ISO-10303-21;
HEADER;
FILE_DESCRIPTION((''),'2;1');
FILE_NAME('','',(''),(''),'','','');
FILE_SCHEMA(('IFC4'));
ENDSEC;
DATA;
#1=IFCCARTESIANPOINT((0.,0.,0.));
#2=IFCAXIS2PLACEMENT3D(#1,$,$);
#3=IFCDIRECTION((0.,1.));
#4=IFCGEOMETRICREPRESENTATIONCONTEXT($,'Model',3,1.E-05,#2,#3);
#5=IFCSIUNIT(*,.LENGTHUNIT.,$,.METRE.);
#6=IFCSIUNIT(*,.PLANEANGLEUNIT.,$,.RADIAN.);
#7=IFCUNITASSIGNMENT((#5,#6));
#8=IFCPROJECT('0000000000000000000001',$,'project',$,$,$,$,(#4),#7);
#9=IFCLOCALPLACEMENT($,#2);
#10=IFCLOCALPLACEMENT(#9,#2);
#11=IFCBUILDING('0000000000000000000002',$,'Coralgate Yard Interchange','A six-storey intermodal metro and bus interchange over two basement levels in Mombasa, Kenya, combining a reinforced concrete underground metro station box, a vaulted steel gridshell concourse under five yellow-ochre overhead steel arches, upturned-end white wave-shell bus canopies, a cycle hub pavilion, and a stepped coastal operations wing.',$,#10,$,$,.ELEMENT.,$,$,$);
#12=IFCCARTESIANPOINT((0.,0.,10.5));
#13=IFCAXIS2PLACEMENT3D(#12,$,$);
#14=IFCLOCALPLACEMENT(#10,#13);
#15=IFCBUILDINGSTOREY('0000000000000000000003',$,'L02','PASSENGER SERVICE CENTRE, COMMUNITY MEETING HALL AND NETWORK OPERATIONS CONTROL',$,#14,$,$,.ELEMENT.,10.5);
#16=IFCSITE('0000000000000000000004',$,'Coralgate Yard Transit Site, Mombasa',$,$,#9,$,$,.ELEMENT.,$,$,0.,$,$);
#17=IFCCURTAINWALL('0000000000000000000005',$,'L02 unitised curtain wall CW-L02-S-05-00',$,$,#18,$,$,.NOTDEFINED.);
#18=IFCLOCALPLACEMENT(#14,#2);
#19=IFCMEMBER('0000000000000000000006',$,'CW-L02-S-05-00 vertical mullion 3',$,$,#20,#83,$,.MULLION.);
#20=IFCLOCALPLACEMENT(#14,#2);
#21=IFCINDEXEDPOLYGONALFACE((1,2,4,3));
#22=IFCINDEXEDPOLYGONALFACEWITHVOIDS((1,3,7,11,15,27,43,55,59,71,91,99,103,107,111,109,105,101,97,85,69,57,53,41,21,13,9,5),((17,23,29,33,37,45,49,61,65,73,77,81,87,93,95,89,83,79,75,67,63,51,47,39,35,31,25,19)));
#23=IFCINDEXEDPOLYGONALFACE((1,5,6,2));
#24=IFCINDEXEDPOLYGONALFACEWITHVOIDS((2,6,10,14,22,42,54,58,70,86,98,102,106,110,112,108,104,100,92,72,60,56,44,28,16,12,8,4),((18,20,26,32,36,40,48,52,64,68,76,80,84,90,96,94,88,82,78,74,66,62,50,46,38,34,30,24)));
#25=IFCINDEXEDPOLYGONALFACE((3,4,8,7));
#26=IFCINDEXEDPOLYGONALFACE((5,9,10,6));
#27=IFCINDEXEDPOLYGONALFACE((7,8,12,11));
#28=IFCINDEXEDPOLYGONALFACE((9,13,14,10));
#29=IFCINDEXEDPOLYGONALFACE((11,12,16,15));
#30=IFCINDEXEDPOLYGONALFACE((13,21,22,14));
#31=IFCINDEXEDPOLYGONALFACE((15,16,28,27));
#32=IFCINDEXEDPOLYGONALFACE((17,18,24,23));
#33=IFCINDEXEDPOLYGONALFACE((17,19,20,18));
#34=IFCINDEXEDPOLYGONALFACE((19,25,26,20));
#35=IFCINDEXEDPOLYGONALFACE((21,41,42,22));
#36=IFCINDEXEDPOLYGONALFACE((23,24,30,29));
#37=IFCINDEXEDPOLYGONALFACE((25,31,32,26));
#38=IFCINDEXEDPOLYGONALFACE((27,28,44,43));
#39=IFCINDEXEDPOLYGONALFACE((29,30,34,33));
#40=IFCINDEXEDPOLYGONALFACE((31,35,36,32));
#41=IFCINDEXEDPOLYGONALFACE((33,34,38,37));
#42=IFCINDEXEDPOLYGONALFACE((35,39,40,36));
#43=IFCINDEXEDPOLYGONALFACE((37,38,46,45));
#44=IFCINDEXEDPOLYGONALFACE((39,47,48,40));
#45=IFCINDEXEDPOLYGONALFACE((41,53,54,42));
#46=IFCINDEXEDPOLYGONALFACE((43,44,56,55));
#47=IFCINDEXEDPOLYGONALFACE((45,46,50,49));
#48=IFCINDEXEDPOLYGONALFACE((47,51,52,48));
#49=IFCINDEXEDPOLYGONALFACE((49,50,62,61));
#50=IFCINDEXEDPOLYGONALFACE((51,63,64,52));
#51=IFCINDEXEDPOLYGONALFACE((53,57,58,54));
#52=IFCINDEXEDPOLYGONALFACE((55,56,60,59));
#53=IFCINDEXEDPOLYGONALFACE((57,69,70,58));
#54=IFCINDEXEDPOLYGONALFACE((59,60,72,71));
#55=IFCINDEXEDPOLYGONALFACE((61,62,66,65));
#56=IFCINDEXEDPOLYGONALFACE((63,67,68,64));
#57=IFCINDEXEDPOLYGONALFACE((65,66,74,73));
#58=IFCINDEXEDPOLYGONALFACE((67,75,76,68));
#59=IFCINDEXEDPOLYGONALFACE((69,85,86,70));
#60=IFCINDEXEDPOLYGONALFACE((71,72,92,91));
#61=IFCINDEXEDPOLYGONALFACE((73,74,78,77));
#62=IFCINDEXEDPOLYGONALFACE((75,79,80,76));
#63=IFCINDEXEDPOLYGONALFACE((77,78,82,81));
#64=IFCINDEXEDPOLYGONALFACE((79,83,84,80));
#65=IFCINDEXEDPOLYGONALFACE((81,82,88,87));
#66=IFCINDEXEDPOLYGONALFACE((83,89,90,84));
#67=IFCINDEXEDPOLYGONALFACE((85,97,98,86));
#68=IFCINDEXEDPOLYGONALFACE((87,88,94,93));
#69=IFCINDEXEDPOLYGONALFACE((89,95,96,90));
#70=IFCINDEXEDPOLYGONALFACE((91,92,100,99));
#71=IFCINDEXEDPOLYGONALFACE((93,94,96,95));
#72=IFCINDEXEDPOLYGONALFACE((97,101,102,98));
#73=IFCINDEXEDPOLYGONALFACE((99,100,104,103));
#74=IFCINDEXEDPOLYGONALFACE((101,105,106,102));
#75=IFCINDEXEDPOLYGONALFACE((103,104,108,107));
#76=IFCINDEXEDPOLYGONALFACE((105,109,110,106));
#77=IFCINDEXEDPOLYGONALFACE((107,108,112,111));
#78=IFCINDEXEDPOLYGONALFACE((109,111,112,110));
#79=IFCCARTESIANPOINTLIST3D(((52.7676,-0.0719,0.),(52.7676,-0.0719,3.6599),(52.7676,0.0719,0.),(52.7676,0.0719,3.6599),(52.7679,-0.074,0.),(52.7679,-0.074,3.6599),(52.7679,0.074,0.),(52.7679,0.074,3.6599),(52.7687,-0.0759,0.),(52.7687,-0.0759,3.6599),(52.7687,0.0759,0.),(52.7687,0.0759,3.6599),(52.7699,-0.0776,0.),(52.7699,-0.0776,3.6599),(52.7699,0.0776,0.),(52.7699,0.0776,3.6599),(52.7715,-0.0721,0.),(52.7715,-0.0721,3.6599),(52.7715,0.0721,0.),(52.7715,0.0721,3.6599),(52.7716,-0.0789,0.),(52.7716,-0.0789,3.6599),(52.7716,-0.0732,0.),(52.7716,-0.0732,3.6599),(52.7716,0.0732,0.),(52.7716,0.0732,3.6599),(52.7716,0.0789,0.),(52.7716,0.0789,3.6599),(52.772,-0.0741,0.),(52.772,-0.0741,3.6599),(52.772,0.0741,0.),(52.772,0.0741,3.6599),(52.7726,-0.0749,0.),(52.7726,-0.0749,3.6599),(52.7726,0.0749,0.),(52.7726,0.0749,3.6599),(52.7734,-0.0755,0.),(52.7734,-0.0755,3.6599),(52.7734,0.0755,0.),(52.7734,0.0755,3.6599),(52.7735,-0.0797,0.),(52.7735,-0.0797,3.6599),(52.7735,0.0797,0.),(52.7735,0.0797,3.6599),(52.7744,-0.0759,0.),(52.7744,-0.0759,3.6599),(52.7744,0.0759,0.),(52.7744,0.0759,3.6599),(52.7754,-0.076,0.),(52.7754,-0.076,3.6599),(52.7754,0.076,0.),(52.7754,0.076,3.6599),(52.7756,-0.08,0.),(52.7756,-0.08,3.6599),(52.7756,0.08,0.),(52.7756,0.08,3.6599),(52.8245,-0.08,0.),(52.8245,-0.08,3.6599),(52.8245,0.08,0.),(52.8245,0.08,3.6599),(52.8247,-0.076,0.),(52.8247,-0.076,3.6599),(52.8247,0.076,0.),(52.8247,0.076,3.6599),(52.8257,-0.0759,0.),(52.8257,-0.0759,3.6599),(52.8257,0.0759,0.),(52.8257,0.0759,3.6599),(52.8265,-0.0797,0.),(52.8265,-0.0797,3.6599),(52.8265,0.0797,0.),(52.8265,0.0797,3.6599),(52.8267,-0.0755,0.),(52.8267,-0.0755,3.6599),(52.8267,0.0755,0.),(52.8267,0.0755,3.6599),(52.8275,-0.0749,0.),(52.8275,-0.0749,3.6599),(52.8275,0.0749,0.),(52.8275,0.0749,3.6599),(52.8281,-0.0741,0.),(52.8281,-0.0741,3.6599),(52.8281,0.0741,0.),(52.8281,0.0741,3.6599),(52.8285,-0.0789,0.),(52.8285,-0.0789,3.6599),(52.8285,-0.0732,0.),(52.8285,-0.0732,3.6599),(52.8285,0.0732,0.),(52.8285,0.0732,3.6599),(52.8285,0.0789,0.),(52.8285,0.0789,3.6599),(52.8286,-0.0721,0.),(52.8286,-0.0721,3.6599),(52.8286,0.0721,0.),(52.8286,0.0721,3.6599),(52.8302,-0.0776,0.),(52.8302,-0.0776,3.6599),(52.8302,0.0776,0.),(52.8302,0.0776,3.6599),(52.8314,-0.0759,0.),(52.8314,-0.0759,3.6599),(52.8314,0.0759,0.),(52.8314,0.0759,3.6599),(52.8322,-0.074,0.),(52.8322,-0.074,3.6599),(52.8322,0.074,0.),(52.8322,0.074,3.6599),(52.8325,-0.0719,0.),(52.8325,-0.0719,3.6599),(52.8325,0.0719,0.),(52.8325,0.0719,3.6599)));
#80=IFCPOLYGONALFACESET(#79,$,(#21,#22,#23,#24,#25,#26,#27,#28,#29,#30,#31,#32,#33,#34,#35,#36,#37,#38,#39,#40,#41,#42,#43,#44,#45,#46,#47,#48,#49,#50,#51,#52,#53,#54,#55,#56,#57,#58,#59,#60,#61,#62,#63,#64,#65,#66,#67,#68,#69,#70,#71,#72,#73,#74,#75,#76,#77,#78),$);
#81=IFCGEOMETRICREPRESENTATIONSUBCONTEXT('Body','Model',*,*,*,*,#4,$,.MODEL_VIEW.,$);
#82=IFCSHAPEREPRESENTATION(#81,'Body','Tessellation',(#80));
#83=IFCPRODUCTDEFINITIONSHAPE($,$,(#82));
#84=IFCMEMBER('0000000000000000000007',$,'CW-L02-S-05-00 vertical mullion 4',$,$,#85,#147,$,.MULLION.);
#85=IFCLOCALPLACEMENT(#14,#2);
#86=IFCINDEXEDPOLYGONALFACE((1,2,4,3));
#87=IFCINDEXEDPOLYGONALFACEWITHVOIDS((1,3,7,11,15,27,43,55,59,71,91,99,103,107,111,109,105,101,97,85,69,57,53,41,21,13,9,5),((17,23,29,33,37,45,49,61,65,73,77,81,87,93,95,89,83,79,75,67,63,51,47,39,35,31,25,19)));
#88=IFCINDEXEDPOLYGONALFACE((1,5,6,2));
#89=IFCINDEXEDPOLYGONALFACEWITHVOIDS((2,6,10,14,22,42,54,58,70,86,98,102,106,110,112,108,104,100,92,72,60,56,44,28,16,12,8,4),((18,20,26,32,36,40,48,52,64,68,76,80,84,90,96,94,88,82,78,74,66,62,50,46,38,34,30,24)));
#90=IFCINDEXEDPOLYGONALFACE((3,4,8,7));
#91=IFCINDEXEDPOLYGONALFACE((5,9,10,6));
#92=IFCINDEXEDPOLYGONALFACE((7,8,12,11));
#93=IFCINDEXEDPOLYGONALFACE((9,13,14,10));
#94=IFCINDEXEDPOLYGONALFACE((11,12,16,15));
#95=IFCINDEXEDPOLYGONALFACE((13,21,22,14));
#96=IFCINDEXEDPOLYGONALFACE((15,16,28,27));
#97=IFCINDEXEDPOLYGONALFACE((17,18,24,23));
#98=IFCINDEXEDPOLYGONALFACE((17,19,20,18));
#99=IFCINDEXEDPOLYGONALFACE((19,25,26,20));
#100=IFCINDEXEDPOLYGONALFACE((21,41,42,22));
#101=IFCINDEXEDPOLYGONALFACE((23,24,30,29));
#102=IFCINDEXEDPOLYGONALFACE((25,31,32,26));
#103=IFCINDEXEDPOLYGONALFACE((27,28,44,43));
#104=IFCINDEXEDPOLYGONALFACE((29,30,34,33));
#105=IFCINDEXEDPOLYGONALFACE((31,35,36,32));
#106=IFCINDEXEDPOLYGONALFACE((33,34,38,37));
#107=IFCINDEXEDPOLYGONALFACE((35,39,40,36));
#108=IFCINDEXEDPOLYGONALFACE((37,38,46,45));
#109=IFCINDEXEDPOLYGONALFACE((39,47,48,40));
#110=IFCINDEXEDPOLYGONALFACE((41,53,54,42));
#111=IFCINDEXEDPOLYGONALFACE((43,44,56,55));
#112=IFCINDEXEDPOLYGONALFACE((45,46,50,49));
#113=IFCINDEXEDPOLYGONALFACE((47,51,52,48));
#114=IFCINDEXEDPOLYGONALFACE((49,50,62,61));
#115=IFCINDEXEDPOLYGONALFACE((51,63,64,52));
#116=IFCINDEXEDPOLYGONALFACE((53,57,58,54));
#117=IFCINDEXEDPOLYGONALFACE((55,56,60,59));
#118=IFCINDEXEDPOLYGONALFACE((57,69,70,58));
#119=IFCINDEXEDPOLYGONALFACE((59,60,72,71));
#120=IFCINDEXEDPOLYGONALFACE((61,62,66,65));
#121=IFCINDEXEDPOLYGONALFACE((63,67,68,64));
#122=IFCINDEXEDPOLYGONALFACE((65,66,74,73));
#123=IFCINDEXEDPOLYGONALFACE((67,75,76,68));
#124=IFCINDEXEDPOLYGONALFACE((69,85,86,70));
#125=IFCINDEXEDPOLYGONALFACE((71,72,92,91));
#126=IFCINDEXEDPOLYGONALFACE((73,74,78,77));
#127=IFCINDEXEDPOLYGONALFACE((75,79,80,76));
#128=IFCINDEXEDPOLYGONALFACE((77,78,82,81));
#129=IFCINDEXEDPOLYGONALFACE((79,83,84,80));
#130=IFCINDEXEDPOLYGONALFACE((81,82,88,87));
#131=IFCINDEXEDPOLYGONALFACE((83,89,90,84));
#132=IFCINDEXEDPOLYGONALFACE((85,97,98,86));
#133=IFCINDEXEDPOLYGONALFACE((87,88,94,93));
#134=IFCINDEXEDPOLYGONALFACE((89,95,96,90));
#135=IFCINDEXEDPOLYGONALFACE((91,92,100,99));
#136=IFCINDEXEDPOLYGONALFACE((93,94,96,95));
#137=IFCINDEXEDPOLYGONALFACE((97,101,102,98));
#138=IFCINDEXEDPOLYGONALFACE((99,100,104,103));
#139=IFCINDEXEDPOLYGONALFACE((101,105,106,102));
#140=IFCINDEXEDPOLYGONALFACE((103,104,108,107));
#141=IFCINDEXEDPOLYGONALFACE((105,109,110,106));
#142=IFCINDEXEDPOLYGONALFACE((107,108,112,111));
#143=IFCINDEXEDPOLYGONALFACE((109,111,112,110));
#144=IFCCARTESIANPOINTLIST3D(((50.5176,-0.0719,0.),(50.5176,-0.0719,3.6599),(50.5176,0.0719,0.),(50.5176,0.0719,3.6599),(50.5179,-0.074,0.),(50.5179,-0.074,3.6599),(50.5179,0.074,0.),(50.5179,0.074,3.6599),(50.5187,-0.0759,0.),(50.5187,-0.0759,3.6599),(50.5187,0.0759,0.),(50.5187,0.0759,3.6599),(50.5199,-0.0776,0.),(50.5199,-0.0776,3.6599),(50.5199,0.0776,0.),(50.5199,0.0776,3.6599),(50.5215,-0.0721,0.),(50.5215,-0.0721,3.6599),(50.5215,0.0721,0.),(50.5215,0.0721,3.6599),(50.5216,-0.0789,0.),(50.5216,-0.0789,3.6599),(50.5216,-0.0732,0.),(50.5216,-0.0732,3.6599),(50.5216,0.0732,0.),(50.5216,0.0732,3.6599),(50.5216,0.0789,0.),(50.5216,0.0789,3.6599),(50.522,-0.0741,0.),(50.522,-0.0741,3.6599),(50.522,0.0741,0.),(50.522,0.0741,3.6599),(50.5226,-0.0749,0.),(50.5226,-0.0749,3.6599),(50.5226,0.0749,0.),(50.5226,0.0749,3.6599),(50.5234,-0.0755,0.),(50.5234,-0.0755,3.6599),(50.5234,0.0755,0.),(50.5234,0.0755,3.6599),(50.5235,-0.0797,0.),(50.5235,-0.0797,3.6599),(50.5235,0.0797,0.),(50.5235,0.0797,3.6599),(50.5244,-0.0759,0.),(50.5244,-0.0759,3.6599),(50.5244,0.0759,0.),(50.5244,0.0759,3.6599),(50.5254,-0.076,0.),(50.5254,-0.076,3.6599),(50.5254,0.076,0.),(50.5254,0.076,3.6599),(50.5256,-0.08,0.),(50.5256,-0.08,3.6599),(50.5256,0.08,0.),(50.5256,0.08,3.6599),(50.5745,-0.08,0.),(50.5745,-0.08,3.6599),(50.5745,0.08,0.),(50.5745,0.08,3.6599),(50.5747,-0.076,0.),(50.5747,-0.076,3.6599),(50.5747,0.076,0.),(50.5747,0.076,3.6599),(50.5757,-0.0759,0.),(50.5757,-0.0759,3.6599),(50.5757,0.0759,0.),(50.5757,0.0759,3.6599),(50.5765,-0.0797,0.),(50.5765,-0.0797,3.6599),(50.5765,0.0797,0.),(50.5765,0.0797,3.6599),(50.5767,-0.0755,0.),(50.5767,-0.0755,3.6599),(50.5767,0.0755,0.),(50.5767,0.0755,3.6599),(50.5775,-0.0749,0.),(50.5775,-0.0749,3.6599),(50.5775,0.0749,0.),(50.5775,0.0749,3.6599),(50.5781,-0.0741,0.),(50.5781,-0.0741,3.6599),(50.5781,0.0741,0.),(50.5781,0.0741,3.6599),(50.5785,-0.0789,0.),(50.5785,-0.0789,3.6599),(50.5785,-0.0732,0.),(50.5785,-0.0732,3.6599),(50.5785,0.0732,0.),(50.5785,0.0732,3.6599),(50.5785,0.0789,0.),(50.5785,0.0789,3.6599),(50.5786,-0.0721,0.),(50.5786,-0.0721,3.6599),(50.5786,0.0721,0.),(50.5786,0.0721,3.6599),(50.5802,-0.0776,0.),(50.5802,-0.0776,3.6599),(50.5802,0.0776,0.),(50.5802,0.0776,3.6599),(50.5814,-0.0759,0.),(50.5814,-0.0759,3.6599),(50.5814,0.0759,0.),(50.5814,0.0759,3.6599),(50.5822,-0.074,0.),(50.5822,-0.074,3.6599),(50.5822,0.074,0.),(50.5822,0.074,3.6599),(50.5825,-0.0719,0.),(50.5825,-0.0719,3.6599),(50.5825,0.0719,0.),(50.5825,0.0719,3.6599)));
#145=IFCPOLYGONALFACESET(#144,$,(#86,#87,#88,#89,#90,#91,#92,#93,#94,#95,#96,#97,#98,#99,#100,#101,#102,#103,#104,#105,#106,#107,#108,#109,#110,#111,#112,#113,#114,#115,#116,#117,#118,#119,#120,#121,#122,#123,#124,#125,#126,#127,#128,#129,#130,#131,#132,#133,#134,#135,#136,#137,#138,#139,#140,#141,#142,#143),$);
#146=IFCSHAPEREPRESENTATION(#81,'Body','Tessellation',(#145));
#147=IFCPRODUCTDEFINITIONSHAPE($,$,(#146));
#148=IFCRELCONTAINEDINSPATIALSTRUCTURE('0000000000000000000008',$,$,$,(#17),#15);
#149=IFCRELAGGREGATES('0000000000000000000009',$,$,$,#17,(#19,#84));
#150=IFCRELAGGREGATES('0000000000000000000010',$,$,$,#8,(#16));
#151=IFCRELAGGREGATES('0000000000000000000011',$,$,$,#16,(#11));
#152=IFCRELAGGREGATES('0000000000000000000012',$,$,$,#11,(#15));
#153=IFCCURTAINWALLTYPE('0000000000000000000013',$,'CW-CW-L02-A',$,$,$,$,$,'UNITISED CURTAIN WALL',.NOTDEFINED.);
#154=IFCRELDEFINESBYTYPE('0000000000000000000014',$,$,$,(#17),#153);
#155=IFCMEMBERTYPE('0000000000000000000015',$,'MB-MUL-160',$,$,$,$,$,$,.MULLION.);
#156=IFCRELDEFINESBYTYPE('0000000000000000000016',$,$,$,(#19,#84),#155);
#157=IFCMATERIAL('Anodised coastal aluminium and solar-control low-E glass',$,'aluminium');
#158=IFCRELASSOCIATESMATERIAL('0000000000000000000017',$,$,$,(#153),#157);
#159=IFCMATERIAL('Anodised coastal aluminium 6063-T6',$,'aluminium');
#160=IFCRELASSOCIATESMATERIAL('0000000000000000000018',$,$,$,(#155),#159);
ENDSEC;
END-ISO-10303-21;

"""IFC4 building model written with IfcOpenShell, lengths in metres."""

from ifc_helpers import new_model, si_unit, direction, frame, origin, origin_2d, place, context, subcontext, project, spatial, hollow_rectangle, extrude, material, material_profile, profile_set, type_object, element, aggregate, save


model = new_model("IFC4")

# Units and contexts
model_context = context("Model", 3, precision=1e-05, world=origin(), true_north=direction((0.0, 1.0)))
body_context = subcontext(model_context, "Body", "Model", "MODEL_VIEW")
ifc_project = project(units=[si_unit("LENGTHUNIT", "METRE"), si_unit("PLANEANGLEUNIT", "RADIAN")], contexts=[model_context])

# Site, building, storey
site_placement = place(None, origin())
site = spatial("IfcSite", under=ifc_project, at=site_placement, Name="Coralgate Yard Transit Site, Mombasa", CompositionType="ELEMENT", RefElevation=0.0)
building_placement = place(site_placement, origin())
building = spatial("IfcBuilding", under=site, at=building_placement, Name="Coralgate Yard Interchange", Description="A six-storey intermodal metro and bus interchange over two basement levels in Mombasa, Kenya, combining a reinforced concrete underground metro station box, a vaulted steel gridshell concourse under five yellow-ochre overhead steel arches, upturned-end white wave-shell bus canopies, a cycle hub pavilion, and a stepped coastal operations wing.", CompositionType="ELEMENT")
storey_placement = place(building_placement, frame((0.0, 0.0, 10.5)))
storey = spatial("IfcBuildingStorey", under=building, at=storey_placement, Name="L02", Description="PASSENGER SERVICE CENTRE, COMMUNITY MEETING HALL AND NETWORK OPERATIONS CONTROL", CompositionType="ELEMENT", Elevation=10.5)

# Shared definitions
ifc_material_1 = material(Name="Anodised coastal aluminium and solar-control low-E glass", Category="aluminium")
curtain_wall_type = type_object("IfcCurtainWallType", Name="CW-CW-L02-A", ElementType="UNITISED CURTAIN WALL", PredefinedType="NOTDEFINED", material=ifc_material_1)
ifc_material_2 = material(Name="Anodised coastal aluminium 6063-T6", Category="aluminium")
ifc_material_profile_1 = material_profile(ifc_material_2, hollow_rectangle(XDim=0.0649, YDim=0.1599, WallThickness=0.0039, InnerFilletRadius=0.0039, OuterFilletRadius=0.0081, at=origin_2d()), Name="ALU 65x160x4")
ifc_profile_set_1 = profile_set([ifc_material_profile_1], Name="Anodised coastal aluminium 6063-T6")
member_type_1 = type_object("IfcMemberType", Name="MB-MUL-160", PredefinedType="MULLION", material=ifc_profile_set_1)

# Curtain wall, members
curtain_wall_1_placement = place(storey_placement, origin())
curtain_wall_1 = element("IfcCurtainWall", 1, at=curtain_wall_1_placement, inside=storey, type_object=curtain_wall_type, Name="L02 unitised curtain wall CW-L02-S-05-00", PredefinedType="NOTDEFINED")
member_1_placement = place(storey_placement, frame((52.8, 0.0, 0.0), z_axis=(0.0, 0.0, 1.0), x_axis=(1.0, 0.0, 0.0)))
member_1 = element("IfcMember", 2, at=member_1_placement, type_object=member_type_1, Name="CW-L02-S-05-00 vertical mullion 3", PredefinedType="MULLION", context=body_context, shape_type="SweptSolid", body=[
    extrude(hollow_rectangle(XDim=0.0649, YDim=0.1599, WallThickness=0.0039, InnerFilletRadius=0.0039, OuterFilletRadius=0.0081, at=origin_2d()), origin(), (0.0, 0.0, 1.0), 3.6599),
])
member_2_placement = place(storey_placement, frame((50.55, 0.0, 0.0), z_axis=(0.0, 0.0, 1.0), x_axis=(1.0, 0.0, 0.0)))
member_2 = element("IfcMember", 3, at=member_2_placement, type_object=member_type_1, Name="CW-L02-S-05-00 vertical mullion 4", PredefinedType="MULLION", context=body_context, shape_type="SweptSolid", body=[
    extrude(hollow_rectangle(XDim=0.0649, YDim=0.1599, WallThickness=0.0039, InnerFilletRadius=0.0039, OuterFilletRadius=0.0081, at=origin_2d()), origin(), (0.0, 0.0, 1.0), 3.6599),
])

aggregate(curtain_wall_1, [member_1, member_2])

save(model, "model.ifc")
